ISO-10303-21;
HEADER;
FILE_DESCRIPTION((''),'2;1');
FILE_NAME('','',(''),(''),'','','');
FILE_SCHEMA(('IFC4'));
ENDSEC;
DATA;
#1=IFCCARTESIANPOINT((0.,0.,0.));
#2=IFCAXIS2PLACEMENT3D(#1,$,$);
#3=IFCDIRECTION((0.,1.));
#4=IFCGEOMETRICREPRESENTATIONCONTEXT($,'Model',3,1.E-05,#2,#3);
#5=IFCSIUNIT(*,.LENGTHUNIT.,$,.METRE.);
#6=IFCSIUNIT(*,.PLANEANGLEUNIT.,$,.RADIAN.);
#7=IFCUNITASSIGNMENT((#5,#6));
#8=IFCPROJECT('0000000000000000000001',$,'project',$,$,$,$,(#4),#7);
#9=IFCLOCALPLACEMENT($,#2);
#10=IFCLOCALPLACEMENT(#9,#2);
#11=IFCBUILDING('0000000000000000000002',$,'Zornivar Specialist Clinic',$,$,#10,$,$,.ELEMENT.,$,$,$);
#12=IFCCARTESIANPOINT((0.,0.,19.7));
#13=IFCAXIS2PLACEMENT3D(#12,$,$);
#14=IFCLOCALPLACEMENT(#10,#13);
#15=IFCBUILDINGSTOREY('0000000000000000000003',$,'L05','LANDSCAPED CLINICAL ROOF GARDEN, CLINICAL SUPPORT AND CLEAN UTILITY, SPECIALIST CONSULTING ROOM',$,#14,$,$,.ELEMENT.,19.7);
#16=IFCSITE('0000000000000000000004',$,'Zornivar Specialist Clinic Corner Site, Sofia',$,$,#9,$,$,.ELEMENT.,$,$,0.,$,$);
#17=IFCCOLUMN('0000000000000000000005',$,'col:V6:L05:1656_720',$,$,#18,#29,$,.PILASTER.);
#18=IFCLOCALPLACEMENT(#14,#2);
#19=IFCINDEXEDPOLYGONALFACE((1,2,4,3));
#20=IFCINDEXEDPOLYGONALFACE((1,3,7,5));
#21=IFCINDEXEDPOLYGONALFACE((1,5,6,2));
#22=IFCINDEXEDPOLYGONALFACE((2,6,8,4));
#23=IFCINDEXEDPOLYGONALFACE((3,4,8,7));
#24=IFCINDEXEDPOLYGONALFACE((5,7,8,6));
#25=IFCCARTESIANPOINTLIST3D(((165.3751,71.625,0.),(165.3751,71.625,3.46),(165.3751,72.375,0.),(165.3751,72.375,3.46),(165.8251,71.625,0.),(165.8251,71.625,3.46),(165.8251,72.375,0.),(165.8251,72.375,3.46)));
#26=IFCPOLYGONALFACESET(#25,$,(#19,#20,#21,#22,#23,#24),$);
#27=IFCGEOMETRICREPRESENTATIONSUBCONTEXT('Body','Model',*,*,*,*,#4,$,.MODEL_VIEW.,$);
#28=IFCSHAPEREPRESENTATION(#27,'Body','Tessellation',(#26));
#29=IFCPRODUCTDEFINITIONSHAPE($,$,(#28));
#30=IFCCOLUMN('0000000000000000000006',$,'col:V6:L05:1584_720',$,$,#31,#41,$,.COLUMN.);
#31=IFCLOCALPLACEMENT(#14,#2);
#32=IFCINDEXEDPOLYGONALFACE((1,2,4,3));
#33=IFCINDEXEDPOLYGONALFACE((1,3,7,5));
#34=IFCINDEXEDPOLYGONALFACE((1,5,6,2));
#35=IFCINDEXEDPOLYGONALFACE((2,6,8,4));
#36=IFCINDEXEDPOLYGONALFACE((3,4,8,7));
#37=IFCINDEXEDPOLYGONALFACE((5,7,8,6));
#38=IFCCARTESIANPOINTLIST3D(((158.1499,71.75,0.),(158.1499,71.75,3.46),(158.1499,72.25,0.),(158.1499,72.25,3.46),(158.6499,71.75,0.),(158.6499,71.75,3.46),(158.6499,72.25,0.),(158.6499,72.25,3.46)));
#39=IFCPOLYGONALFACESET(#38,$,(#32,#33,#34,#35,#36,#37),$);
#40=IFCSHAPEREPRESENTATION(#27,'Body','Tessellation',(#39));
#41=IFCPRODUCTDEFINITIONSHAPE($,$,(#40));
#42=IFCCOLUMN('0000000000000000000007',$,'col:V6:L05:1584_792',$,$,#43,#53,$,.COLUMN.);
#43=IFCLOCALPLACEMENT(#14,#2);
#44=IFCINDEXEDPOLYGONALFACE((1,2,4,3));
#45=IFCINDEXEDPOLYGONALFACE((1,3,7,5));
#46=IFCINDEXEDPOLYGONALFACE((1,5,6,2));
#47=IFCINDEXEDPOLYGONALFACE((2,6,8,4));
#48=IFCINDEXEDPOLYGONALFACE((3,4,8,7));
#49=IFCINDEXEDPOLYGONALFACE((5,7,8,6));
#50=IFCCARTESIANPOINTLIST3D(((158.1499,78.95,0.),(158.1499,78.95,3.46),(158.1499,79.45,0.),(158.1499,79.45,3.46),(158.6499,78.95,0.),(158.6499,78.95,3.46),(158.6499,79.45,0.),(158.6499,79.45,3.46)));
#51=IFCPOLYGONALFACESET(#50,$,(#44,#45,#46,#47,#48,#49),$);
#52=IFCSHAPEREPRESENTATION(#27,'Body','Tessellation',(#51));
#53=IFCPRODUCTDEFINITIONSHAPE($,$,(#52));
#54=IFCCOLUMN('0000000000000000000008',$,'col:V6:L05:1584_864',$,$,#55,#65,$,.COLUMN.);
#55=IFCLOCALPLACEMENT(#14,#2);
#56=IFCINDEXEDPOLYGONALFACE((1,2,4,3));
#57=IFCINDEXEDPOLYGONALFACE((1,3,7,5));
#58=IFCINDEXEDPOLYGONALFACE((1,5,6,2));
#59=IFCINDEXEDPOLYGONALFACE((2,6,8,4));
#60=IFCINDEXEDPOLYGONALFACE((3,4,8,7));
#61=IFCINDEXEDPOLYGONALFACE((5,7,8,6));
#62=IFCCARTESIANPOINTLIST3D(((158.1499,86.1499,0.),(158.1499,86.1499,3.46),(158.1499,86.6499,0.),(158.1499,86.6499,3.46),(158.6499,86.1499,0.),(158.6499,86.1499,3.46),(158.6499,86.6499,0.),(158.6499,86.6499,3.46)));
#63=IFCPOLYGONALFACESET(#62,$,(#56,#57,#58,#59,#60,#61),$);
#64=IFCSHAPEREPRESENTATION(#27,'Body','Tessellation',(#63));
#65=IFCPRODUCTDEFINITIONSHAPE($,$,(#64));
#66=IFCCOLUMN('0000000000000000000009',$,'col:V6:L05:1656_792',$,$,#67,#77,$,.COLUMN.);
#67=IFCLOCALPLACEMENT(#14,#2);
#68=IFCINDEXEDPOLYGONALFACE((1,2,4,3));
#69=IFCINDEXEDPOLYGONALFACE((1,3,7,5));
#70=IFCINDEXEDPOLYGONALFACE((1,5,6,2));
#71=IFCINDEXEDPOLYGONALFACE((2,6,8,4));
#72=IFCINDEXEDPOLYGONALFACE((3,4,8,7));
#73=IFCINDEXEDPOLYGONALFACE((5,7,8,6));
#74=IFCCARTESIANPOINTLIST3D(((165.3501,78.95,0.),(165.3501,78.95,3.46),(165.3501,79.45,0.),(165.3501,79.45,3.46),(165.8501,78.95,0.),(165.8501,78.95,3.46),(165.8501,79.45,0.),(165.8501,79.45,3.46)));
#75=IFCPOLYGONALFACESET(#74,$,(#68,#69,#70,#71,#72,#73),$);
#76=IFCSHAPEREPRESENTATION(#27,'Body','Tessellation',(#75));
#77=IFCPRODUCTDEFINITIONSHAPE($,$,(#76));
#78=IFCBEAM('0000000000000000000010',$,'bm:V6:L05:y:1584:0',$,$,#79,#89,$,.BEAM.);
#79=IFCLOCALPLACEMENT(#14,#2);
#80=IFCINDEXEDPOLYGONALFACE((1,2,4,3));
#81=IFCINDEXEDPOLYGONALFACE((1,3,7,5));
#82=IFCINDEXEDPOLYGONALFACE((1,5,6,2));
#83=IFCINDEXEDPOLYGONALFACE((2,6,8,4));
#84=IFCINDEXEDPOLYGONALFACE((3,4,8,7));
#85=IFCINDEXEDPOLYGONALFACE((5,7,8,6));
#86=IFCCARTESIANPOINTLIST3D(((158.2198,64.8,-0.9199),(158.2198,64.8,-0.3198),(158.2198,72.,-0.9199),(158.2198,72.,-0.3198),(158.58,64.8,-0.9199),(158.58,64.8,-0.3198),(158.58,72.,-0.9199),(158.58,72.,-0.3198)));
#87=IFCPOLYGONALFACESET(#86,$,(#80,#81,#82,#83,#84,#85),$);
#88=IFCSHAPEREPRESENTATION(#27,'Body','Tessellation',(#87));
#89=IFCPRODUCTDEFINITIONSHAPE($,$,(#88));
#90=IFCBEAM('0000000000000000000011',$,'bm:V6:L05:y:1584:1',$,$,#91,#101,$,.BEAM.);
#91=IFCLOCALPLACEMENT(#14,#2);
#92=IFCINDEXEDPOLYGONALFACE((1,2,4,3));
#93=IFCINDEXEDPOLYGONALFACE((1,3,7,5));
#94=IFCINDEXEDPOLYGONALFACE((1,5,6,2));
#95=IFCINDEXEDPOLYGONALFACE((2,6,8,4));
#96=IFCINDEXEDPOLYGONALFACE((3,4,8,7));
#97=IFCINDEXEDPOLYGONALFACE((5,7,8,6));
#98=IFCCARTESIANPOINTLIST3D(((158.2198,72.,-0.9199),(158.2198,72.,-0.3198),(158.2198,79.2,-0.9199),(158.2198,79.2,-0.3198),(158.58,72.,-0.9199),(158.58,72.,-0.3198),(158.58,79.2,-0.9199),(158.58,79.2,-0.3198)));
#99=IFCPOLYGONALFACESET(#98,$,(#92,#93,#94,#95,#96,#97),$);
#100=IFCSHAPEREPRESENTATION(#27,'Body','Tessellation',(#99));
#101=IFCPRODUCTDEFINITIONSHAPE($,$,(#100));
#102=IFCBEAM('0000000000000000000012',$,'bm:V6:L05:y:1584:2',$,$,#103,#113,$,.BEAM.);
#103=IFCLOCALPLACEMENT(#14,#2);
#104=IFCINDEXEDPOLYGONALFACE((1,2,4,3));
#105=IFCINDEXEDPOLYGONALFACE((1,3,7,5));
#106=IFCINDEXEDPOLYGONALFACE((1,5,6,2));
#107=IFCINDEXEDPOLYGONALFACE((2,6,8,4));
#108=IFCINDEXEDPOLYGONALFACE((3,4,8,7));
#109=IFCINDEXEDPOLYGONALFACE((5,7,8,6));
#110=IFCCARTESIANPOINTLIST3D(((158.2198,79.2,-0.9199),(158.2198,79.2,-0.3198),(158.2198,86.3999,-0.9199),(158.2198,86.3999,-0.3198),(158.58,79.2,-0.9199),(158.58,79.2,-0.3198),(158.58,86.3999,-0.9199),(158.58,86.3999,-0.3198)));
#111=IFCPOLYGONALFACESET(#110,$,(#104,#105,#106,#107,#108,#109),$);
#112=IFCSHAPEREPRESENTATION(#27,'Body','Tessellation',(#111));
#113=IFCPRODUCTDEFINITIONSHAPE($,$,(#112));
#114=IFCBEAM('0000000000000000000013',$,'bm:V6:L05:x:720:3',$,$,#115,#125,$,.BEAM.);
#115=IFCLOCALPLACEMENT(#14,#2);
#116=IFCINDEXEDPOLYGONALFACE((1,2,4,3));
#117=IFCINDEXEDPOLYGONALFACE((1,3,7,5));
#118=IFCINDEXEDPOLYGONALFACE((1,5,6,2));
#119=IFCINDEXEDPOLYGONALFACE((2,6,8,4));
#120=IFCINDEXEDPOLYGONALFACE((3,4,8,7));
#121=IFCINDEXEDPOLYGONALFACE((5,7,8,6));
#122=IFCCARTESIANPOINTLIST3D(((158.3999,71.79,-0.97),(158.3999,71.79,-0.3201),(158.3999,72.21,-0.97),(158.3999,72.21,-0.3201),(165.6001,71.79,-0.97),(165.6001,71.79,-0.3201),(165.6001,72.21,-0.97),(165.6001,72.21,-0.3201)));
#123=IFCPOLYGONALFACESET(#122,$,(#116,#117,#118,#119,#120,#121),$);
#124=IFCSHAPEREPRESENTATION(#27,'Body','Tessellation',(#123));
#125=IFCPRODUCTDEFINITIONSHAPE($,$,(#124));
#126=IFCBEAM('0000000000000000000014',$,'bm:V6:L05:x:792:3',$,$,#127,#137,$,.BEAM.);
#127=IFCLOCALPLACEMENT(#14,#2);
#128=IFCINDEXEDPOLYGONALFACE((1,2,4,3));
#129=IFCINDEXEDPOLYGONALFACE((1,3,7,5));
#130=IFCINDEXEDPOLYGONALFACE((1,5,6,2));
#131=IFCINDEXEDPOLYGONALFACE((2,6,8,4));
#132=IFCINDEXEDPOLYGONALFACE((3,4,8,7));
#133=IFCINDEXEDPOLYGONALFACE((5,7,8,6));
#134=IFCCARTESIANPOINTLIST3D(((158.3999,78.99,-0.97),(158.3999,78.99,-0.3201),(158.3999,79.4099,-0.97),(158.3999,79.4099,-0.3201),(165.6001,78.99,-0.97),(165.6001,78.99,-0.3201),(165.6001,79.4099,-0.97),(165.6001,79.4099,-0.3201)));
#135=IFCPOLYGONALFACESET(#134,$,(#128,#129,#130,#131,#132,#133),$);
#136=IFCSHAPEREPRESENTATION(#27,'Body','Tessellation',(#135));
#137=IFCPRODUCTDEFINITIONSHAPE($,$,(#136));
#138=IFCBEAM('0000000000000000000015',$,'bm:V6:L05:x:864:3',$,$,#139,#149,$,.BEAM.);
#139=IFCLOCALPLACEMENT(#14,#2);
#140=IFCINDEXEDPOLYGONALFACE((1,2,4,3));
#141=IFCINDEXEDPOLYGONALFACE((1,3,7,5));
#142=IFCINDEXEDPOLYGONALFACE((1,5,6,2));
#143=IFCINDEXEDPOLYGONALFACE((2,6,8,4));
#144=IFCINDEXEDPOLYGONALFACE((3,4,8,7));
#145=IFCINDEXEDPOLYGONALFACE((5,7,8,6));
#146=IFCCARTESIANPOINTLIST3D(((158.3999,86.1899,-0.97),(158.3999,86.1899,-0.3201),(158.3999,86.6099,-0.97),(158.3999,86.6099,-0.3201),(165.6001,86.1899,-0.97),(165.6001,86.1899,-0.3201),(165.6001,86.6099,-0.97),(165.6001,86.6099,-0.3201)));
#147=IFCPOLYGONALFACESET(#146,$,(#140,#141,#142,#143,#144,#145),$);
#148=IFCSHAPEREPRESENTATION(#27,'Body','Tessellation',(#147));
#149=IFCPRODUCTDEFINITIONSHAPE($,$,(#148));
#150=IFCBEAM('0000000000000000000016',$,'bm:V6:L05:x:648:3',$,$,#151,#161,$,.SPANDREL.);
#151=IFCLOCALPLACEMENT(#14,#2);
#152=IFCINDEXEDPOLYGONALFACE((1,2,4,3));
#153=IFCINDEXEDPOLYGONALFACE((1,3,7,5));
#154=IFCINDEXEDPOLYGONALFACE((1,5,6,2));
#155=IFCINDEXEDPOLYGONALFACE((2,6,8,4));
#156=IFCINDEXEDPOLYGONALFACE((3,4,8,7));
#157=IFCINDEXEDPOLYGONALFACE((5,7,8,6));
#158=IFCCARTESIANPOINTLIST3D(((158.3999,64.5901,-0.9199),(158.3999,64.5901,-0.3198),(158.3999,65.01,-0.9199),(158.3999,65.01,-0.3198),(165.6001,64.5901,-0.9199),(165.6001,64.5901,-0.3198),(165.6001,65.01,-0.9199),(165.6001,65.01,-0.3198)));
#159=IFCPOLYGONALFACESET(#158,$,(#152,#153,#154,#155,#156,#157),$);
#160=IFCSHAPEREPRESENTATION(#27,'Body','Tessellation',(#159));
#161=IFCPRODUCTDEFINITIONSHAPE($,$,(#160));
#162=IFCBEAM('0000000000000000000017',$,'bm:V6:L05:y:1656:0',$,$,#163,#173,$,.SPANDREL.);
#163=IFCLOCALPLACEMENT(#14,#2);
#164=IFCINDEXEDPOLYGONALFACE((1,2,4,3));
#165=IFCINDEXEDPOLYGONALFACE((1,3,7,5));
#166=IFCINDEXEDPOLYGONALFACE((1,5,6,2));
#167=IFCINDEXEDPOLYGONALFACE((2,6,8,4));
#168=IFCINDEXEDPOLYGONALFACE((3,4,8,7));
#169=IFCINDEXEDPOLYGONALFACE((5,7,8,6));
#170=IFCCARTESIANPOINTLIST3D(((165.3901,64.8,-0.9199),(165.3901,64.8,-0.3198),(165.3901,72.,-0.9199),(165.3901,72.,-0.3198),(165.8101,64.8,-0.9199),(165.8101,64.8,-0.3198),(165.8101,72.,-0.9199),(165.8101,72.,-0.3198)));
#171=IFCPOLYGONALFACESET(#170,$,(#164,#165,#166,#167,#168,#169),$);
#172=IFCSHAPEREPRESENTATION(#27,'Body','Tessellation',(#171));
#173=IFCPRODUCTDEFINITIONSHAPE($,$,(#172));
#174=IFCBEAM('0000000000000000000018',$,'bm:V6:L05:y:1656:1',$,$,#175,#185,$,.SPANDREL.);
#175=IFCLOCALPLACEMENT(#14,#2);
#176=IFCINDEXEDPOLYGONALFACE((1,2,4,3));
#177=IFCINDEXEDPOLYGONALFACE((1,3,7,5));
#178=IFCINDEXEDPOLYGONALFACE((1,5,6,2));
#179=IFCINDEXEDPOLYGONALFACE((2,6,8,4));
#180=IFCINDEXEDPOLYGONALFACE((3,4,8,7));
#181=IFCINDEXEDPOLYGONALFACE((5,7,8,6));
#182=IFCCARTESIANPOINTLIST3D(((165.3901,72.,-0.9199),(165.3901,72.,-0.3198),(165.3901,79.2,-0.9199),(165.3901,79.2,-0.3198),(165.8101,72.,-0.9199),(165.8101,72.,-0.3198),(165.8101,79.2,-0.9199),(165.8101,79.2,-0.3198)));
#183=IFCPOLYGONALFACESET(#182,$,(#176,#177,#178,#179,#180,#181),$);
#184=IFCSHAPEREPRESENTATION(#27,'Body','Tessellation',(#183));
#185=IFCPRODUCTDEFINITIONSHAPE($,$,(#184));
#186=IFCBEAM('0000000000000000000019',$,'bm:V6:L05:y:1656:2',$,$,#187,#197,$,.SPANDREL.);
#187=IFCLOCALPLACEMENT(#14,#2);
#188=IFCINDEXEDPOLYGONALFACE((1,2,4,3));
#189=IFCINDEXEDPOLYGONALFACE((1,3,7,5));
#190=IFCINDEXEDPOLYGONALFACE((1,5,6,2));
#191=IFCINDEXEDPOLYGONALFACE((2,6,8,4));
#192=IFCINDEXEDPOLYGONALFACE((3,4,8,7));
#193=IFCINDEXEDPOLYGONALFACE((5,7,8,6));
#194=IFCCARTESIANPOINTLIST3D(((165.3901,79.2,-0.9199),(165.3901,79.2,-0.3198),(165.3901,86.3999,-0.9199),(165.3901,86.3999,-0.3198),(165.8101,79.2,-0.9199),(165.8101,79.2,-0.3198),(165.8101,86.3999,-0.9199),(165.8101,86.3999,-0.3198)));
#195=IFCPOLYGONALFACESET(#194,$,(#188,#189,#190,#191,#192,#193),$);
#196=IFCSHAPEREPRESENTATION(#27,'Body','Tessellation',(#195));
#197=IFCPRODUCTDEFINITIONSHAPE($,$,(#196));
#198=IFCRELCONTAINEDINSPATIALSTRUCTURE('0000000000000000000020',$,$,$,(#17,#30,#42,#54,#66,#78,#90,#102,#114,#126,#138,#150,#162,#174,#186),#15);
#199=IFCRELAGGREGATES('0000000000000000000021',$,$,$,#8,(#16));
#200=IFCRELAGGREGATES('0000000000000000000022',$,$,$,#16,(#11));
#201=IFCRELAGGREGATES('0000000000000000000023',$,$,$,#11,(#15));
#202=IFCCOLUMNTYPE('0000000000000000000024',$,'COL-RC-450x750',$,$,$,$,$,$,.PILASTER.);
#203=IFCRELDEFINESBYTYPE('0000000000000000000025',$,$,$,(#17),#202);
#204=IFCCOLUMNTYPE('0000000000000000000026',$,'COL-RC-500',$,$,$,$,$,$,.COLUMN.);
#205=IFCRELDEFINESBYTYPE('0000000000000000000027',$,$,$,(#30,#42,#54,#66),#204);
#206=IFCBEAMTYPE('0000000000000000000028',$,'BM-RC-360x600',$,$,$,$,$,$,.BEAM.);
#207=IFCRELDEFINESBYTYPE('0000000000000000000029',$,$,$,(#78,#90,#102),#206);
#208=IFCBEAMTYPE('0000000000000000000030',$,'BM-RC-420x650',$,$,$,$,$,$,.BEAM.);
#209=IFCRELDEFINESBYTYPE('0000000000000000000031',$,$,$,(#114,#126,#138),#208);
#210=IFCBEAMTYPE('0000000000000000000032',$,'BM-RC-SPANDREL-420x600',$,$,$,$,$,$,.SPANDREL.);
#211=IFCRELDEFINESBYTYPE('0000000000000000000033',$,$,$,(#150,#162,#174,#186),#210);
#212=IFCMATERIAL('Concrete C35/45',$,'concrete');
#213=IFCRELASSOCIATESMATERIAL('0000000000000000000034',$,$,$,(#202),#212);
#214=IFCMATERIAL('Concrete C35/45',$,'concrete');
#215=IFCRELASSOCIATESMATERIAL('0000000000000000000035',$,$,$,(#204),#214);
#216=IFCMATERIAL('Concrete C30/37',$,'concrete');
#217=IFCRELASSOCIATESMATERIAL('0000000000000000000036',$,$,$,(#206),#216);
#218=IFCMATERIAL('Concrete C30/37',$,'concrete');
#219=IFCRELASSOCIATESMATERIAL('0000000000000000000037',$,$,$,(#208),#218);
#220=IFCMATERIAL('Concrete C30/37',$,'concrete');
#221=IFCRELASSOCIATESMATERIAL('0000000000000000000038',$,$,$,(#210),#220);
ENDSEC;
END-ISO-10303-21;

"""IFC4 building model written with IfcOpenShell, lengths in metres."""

from ifc_helpers import new_model, si_unit, direction, frame, origin, origin_2d, place, context, subcontext, project, spatial, rectangle, extrude, material, material_profile, profile_set, type_object, element, save


model = new_model("IFC4")

# Units and contexts
model_context = context("Model", 3, precision=1e-05, world=origin(), true_north=direction((0.0, 1.0)))
body_context = subcontext(model_context, "Body", "Model", "MODEL_VIEW")
ifc_project = project(units=[si_unit("LENGTHUNIT", "METRE"), si_unit("PLANEANGLEUNIT", "RADIAN")], contexts=[model_context])

# Site, building, storey
site_placement = place(None, origin())
site = spatial("IfcSite", under=ifc_project, at=site_placement, Name="Zornivar Specialist Clinic Corner Site, Sofia", CompositionType="ELEMENT", RefElevation=0.0)
building_placement = place(site_placement, origin())
building = spatial("IfcBuilding", under=site, at=building_placement, Name="Zornivar Specialist Clinic", CompositionType="ELEMENT")
storey_placement = place(building_placement, frame((0.0, 0.0, 19.7)))
storey = spatial("IfcBuildingStorey", under=building, at=storey_placement, Name="L05", Description="LANDSCAPED CLINICAL ROOF GARDEN, CLINICAL SUPPORT AND CLEAN UTILITY, SPECIALIST CONSULTING ROOM", CompositionType="ELEMENT", Elevation=19.7)

# Columns
ifc_material_1 = material(Name="Concrete C35/45", Category="concrete")
ifc_material_profile_1 = material_profile(ifc_material_1, rectangle(XDim=0.45, YDim=0.75, at=origin_2d()), Name="RC 450x750")
ifc_profile_set_1 = profile_set([ifc_material_profile_1], Name="Concrete C35/45")
column_type_1 = type_object("IfcColumnType", Name="COL-RC-450x750", PredefinedType="PILASTER", material=ifc_profile_set_1)
column_placement = place(storey_placement, frame((165.6001, 72.0, 0.0), z_axis=(0.0, 0.0, 1.0), x_axis=(1.0, 0.0, 0.0)))
element("IfcColumn", 1, at=column_placement, inside=storey, type_object=column_type_1, Name="col:V6:L05:1656_720", PredefinedType="PILASTER", context=body_context, shape_type="SweptSolid", body=[
    extrude(rectangle(XDim=0.45, YDim=0.75, at=origin_2d()), origin(), (0.0, 0.0, 1.0), 3.46),
])
ifc_material_2 = material(Name="Concrete C35/45", Category="concrete")
ifc_material_profile_2 = material_profile(ifc_material_2, rectangle(XDim=0.5, YDim=0.5, at=origin_2d()), Name="RC 500x500")
ifc_profile_set_2 = profile_set([ifc_material_profile_2], Name="Concrete C35/45")
column_type_2 = type_object("IfcColumnType", Name="COL-RC-500", PredefinedType="COLUMN", material=ifc_profile_set_2)
for number, where, z_axis, x_axis, name in (
    (2, (158.3999, 72.0, 0.0), (0.0, 0.0, 1.0), (1.0, 0.0, 0.0), "col:V6:L05:1584_720"),
    (3, (158.3999, 79.2, 0.0), (0.0, 0.0, 1.0), (1.0, 0.0, 0.0), "col:V6:L05:1584_792"),
    (4, (158.3999, 86.3999, 0.0), (0.0, 0.0, 1.0), (1.0, 0.0, 0.0), "col:V6:L05:1584_864"),
    (5, (165.6001, 79.2, 0.0), (0.0, 0.0, 1.0), (1.0, 0.0, 0.0), "col:V6:L05:1656_792"),
):
    element("IfcColumn", number, at=place(storey_placement, frame(where, z_axis=z_axis, x_axis=x_axis)), inside=storey, type_object=column_type_2, Name=name, PredefinedType="COLUMN", context=body_context, shape_type="SweptSolid", body=[
        extrude(rectangle(XDim=0.5, YDim=0.5, at=origin_2d()), origin(), (0.0, 0.0, 1.0), 3.46),
    ])

# Beams
ifc_material_3 = material(Name="Concrete C30/37", Category="concrete")
ifc_material_profile_3 = material_profile(ifc_material_3, rectangle(XDim=0.3601, YDim=0.6001, at=origin_2d()), Name="RC 360x600")
ifc_profile_set_3 = profile_set([ifc_material_profile_3], Name="Concrete C30/37")
beam_type_1 = type_object("IfcBeamType", Name="BM-RC-360x600", PredefinedType="BEAM", material=ifc_profile_set_3)
for number, where, z_axis, x_axis, name in (
    (6, (158.3999, 64.8, -0.6199), (0.0, 1.0, 0.0), (-1.0, 0.0, 0.0), "bm:V6:L05:y:1584:0"),
    (7, (158.3999, 72.0, -0.6199), (0.0, 1.0, 0.0), (-1.0, 0.0, 0.0), "bm:V6:L05:y:1584:1"),
    (8, (158.3999, 79.2, -0.6199), (0.0, 1.0, 0.0), (-1.0, 0.0, 0.0), "bm:V6:L05:y:1584:2"),
):
    element("IfcBeam", number, at=place(storey_placement, frame(where, z_axis=z_axis, x_axis=x_axis)), inside=storey, type_object=beam_type_1, Name=name, PredefinedType="BEAM", context=body_context, shape_type="SweptSolid", body=[
        extrude(rectangle(XDim=0.3601, YDim=0.6001, at=origin_2d()), origin(), (0.0, 0.0, 1.0), 7.2),
    ])
ifc_material_4 = material(Name="Concrete C30/37", Category="concrete")
ifc_material_profile_4 = material_profile(ifc_material_4, rectangle(XDim=0.4199, YDim=0.6499, at=origin_2d()), Name="RC 420x650")
ifc_profile_set_4 = profile_set([ifc_material_profile_4], Name="Concrete C30/37")
beam_type_2 = type_object("IfcBeamType", Name="BM-RC-420x650", PredefinedType="BEAM", material=ifc_profile_set_4)
for number, where, z_axis, x_axis, name in (
    (9, (158.3999, 72.0, -0.645), (1.0, 0.0, 0.0), (0.0, 1.0, 0.0), "bm:V6:L05:x:720:3"),
    (10, (158.3999, 79.2, -0.645), (1.0, 0.0, 0.0), (0.0, 1.0, 0.0), "bm:V6:L05:x:792:3"),
    (11, (158.3999, 86.3999, -0.645), (1.0, 0.0, 0.0), (0.0, 1.0, 0.0), "bm:V6:L05:x:864:3"),
):
    element("IfcBeam", number, at=place(storey_placement, frame(where, z_axis=z_axis, x_axis=x_axis)), inside=storey, type_object=beam_type_2, Name=name, PredefinedType="BEAM", context=body_context, shape_type="SweptSolid", body=[
        extrude(rectangle(XDim=0.4199, YDim=0.6499, at=origin_2d()), origin(), (0.0, 0.0, 1.0), 7.2002),
    ])
ifc_material_5 = material(Name="Concrete C30/37", Category="concrete")
ifc_material_profile_5 = material_profile(ifc_material_5, rectangle(XDim=0.4199, YDim=0.6001, at=origin_2d()), Name="RC 420x600")
ifc_profile_set_5 = profile_set([ifc_material_profile_5], Name="Concrete C30/37")
beam_type_3 = type_object("IfcBeamType", Name="BM-RC-SPANDREL-420x600", PredefinedType="SPANDREL", material=ifc_profile_set_5)
beam_placement = place(storey_placement, frame((158.3999, 64.8, -0.6199), z_axis=(1.0, 0.0, 0.0), x_axis=(0.0, 1.0, 0.0)))
element("IfcBeam", 12, at=beam_placement, inside=storey, type_object=beam_type_3, Name="bm:V6:L05:x:648:3", PredefinedType="SPANDREL", context=body_context, shape_type="SweptSolid", body=[
    extrude(rectangle(XDim=0.4199, YDim=0.6001, at=origin_2d()), origin(), (0.0, 0.0, 1.0), 7.2002),
])
for number, where, z_axis, x_axis, name in (
    (13, (165.6001, 64.8, -0.6199), (0.0, 1.0, 0.0), (-1.0, 0.0, 0.0), "bm:V6:L05:y:1656:0"),
    (14, (165.6001, 72.0, -0.6199), (0.0, 1.0, 0.0), (-1.0, 0.0, 0.0), "bm:V6:L05:y:1656:1"),
    (15, (165.6001, 79.2, -0.6199), (0.0, 1.0, 0.0), (-1.0, 0.0, 0.0), "bm:V6:L05:y:1656:2"),
):
    element("IfcBeam", number, at=place(storey_placement, frame(where, z_axis=z_axis, x_axis=x_axis)), inside=storey, type_object=beam_type_3, Name=name, PredefinedType="SPANDREL", context=body_context, shape_type="SweptSolid", body=[
        extrude(rectangle(XDim=0.4199, YDim=0.6001, at=origin_2d()), origin(), (0.0, 0.0, 1.0), 7.2),
    ])

save(model, "model.ifc")
